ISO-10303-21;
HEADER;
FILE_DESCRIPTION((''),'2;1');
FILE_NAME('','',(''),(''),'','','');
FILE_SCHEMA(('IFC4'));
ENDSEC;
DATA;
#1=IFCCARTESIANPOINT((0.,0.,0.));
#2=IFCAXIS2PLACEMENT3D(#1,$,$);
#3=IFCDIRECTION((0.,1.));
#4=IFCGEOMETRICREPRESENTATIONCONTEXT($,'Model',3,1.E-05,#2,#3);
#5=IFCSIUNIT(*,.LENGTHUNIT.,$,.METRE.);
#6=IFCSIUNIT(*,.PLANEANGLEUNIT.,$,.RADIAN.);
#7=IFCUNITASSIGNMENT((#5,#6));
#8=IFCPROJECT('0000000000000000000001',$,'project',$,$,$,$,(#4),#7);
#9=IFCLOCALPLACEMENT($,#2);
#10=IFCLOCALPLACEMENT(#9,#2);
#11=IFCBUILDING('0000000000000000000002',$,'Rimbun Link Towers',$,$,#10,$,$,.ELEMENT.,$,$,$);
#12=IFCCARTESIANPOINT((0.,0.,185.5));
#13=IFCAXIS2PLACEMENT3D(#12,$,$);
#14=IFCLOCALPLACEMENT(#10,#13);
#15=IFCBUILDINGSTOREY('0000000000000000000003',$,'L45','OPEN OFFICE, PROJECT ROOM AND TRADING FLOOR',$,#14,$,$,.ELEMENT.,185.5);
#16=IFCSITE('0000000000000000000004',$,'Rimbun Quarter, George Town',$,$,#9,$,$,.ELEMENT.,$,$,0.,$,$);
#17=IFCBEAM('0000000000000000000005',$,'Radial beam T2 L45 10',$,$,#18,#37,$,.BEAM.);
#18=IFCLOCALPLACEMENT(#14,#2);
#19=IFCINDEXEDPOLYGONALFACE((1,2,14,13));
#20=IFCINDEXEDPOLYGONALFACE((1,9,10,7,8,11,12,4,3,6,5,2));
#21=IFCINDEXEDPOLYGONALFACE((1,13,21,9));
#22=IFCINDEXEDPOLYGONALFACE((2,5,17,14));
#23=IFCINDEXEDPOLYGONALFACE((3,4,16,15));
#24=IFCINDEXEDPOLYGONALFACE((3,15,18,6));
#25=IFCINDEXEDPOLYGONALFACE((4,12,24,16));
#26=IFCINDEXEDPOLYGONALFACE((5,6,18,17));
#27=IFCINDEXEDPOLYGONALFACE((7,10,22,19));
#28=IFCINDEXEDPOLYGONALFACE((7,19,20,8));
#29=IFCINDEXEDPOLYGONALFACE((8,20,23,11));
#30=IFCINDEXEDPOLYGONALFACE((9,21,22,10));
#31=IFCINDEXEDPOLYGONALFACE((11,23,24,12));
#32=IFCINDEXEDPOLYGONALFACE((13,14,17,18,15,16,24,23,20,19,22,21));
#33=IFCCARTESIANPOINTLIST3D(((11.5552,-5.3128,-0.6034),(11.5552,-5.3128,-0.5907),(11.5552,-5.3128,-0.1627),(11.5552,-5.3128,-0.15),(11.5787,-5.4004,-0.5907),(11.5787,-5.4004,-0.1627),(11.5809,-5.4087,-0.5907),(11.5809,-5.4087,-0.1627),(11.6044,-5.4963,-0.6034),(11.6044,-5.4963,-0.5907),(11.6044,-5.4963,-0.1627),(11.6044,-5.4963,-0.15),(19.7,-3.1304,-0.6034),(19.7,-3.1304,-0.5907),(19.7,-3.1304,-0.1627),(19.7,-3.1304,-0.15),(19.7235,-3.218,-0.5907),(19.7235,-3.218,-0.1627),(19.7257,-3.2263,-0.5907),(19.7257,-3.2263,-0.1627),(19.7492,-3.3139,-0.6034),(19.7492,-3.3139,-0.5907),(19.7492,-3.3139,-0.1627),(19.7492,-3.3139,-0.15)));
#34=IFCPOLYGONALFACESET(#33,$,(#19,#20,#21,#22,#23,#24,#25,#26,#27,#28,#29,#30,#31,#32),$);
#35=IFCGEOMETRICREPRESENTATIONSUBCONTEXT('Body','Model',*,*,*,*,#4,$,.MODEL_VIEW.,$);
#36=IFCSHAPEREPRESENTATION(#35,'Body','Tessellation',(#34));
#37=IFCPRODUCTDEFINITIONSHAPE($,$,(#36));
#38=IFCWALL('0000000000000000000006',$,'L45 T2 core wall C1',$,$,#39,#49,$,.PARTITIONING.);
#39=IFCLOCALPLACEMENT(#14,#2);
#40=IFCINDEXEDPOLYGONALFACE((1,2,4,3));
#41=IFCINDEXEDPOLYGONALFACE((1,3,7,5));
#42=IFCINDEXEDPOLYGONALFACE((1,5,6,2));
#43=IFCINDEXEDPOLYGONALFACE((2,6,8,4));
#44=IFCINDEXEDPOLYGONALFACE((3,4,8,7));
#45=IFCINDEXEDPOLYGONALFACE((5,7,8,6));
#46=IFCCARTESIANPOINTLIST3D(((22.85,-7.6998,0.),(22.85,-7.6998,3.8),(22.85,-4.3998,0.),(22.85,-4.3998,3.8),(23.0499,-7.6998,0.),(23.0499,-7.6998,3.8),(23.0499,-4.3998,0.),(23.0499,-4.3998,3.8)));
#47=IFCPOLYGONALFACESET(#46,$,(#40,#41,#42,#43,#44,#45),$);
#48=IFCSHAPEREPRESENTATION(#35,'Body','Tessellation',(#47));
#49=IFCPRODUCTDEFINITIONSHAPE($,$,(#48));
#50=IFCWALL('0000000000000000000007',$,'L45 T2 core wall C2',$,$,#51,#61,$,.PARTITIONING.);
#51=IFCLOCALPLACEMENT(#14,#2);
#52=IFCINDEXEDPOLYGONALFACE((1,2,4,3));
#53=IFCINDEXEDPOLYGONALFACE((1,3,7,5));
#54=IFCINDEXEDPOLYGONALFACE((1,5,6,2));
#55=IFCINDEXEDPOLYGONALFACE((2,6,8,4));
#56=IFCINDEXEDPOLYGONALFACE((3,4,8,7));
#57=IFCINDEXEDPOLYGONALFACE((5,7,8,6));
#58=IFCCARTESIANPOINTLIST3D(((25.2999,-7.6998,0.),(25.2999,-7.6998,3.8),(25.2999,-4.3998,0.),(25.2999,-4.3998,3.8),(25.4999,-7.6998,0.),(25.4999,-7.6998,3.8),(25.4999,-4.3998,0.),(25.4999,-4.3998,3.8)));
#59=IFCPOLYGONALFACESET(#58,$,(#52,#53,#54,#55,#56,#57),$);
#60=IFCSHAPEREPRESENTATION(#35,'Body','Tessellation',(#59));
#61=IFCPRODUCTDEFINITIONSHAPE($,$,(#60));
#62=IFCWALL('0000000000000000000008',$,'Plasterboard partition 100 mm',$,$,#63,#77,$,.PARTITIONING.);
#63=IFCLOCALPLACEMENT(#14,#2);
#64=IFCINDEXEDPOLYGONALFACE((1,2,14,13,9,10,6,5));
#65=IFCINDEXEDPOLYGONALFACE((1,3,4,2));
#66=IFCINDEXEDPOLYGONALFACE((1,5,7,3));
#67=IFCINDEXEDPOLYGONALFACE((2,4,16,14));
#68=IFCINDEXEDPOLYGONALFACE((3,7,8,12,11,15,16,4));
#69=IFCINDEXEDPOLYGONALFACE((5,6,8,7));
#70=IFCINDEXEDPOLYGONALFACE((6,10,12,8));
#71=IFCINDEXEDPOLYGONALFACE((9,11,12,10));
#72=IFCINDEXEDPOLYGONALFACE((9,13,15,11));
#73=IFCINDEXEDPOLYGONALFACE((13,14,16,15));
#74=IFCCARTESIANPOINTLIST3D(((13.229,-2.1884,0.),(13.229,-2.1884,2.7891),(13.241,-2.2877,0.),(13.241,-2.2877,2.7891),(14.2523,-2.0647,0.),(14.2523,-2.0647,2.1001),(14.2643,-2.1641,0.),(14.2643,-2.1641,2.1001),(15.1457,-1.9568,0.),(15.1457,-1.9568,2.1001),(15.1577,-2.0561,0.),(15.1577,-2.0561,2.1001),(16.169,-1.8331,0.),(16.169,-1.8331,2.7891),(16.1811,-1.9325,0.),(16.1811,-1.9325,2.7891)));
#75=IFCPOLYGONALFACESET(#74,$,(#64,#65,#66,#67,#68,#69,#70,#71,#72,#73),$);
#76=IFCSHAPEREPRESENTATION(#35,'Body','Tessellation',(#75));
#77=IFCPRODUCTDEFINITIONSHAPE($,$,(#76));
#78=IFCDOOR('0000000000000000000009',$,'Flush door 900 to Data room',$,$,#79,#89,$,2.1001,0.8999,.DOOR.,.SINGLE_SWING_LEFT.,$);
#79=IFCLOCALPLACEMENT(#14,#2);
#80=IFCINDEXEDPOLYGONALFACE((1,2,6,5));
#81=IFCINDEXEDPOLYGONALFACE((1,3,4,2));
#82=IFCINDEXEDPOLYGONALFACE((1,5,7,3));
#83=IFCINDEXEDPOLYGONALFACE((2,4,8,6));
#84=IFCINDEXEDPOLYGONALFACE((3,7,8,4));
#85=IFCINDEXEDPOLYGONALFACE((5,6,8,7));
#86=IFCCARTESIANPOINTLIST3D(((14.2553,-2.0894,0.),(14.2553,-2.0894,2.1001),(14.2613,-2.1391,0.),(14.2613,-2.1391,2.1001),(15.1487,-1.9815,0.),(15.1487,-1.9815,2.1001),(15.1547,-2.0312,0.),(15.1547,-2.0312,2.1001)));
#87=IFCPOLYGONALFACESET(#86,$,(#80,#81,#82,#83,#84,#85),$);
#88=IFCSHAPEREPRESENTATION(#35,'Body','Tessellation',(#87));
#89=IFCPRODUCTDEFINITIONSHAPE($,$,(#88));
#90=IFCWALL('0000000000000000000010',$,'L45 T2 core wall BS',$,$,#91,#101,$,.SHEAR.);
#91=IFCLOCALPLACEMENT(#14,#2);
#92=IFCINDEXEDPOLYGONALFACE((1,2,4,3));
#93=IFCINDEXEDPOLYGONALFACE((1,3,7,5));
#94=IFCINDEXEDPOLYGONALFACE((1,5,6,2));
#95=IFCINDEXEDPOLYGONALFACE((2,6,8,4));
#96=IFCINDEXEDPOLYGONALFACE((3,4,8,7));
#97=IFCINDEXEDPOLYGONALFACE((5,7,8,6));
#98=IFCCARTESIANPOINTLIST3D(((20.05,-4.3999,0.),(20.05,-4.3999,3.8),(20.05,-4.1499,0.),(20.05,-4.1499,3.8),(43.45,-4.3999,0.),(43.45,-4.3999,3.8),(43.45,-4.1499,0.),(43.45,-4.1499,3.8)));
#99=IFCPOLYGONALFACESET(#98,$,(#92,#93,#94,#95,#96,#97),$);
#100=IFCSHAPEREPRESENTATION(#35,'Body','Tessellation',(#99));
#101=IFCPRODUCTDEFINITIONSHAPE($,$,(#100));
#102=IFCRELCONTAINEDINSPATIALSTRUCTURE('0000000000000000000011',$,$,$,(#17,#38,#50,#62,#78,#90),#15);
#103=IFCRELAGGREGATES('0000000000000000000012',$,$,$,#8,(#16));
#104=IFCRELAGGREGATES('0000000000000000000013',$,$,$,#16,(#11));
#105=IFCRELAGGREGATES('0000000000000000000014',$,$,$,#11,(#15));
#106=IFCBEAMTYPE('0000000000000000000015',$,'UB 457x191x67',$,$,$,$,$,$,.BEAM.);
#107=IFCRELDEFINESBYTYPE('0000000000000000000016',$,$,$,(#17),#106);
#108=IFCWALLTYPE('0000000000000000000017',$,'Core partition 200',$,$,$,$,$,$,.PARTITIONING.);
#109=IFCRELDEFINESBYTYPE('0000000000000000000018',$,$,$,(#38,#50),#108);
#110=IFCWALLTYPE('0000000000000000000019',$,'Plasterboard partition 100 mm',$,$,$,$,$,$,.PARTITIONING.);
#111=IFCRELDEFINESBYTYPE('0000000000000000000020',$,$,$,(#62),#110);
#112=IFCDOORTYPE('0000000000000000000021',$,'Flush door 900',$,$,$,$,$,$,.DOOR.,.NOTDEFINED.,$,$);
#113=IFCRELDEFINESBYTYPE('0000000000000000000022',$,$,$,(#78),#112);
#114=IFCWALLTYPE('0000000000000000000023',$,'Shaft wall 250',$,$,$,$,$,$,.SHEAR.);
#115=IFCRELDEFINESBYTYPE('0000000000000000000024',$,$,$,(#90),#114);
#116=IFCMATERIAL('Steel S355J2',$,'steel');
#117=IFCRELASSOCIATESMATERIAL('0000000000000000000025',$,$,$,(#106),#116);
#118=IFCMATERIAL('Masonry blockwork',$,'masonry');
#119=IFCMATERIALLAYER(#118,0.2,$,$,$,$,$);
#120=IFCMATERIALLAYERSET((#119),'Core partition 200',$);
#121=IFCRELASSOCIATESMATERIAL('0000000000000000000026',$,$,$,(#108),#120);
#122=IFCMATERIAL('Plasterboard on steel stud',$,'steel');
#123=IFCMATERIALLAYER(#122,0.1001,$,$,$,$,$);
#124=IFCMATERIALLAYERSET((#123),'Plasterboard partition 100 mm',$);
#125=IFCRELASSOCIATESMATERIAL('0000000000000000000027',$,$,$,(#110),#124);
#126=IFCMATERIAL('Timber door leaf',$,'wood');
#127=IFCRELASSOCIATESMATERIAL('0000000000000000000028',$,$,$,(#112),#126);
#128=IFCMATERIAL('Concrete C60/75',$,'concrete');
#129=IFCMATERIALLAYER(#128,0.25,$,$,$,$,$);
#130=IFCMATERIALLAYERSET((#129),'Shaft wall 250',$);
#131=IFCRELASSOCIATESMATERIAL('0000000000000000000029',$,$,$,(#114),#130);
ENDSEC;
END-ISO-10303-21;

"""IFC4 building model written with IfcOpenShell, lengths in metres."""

from ifc_helpers import new_model, si_unit, direction, frame, frame_2d, origin, origin_2d, place, context, subcontext, project, spatial, rectangle, i_section, extrude, material, layer, layer_set, material_profile, profile_set, type_object, element, fill, save


model = new_model("IFC4")

# Units and contexts
model_context = context("Model", 3, precision=1e-05, world=origin(), true_north=direction((0.0, 1.0)))
body_context = subcontext(model_context, "Body", "Model", "MODEL_VIEW")
ifc_project = project(units=[si_unit("LENGTHUNIT", "METRE"), si_unit("PLANEANGLEUNIT", "RADIAN")], contexts=[model_context])

# Site, building, storey
site_placement = place(None, origin())
site = spatial("IfcSite", under=ifc_project, at=site_placement, Name="Rimbun Quarter, George Town", CompositionType="ELEMENT", RefElevation=0.0)
building_placement = place(site_placement, origin())
building = spatial("IfcBuilding", under=site, at=building_placement, Name="Rimbun Link Towers", CompositionType="ELEMENT")
storey_placement = place(building_placement, frame((0.0, 0.0, 185.5)))
storey = spatial("IfcBuildingStorey", under=building, at=storey_placement, Name="L45", Description="OPEN OFFICE, PROJECT ROOM AND TRADING FLOOR", CompositionType="ELEMENT", Elevation=185.5)

# Beam
ifc_material_1 = material(Name="Steel S355J2", Category="steel")
ifc_material_profile = material_profile(ifc_material_1, i_section(OverallWidth=0.1899, OverallDepth=0.4534, WebThickness=0.0085, FlangeThickness=0.0127, at=origin_2d()), Name="UB 457x191x67")
ifc_profile_set = profile_set([ifc_material_profile], Name="Steel S355J2")
beam_type = type_object("IfcBeamType", Name="UB 457x191x67", PredefinedType="BEAM", material=ifc_profile_set)
beam_placement = place(storey_placement, frame((19.7246, -3.2222, -0.3767), z_axis=(-0.965926, -0.258818, 0.0), x_axis=(0.258818, -0.965926, 0.0)))
element("IfcBeam", 1, at=beam_placement, inside=storey, type_object=beam_type, Name="Radial beam T2 L45 10", PredefinedType="BEAM", context=body_context, shape_type="SweptSolid", body=[
    extrude(i_section(OverallWidth=0.1899, OverallDepth=0.4534, WebThickness=0.0085, FlangeThickness=0.0127, at=origin_2d()), origin(), (0.0, 0.0, 1.0), 8.4321),
])

# Walls
ifc_material_2 = material(Name="Masonry blockwork", Category="masonry")
ifc_layer_1 = layer(ifc_material_2, 0.2)
ifc_layer_set_1 = layer_set([ifc_layer_1], Name="Core partition 200")
wall_type_1 = type_object("IfcWallType", Name="Core partition 200", PredefinedType="PARTITIONING", material=ifc_layer_set_1)
for number, where, z_axis, x_axis, name in (
    (2, (22.95, -4.3999, 0.0), (0.0, 0.0, 1.0), (0.0, -1.0, 0.0), "L45 T2 core wall C1"),
    (3, (25.3999, -4.3999, 0.0), (0.0, 0.0, 1.0), (0.0, -1.0, 0.0), "L45 T2 core wall C2"),
):
    element("IfcWall", number, at=place(storey_placement, frame(where, z_axis=z_axis, x_axis=x_axis)), inside=storey, type_object=wall_type_1, Name=name, PredefinedType="PARTITIONING", context=body_context, shape_type="SweptSolid", body=[
        extrude(rectangle(XDim=3.3, YDim=0.2, at=frame_2d((1.6499, 0.0))), origin(), (0.0, 0.0, 1.0), 3.8),
    ])

# Wall, opening, door
ifc_material_3 = material(Name="Plasterboard on steel stud", Category="steel")
ifc_layer_2 = layer(ifc_material_3, 0.1001)
ifc_layer_set_2 = layer_set([ifc_layer_2], Name="Plasterboard partition 100 mm")
wall_type_2 = type_object("IfcWallType", Name="Plasterboard partition 100 mm", PredefinedType="PARTITIONING", material=ifc_layer_set_2)
wall_1_placement = place(storey_placement, frame((16.175, -1.8828, 0.0), z_axis=(0.0, 0.0, 1.0), x_axis=(-0.992779, -0.119955, 0.0)))
wall_1 = element("IfcWall", 4, at=wall_1_placement, inside=storey, type_object=wall_type_2, Name="Plasterboard partition 100 mm", PredefinedType="PARTITIONING", context=body_context, shape_type="SweptSolid", body=[
    extrude(rectangle(XDim=2.9614, YDim=0.1001, at=frame_2d((1.4807, 0.0))), origin(), (0.0, 0.0, 1.0), 2.7891),
])
opening_1_placement = place(wall_1_placement, frame((1.0308, 0.0, 0.0)))
opening_1 = element("IfcOpeningElement", 5, at=opening_1_placement, cuts=wall_1, PredefinedType="OPENING", context=body_context, shape_type="SweptSolid", body=[
    extrude(rectangle(XDim=0.8999, YDim=2.1001, at=frame_2d((0.45, 1.05))), frame((0.0, 0.0601, 0.0), z_axis=(0.0, -1.0, 0.0), x_axis=(1.0, 0.0, 0.0)), (0.0, 0.0, 1.0), 0.1201),
])
ifc_material_4 = material(Name="Timber door leaf", Category="wood")
door_type_1 = type_object("IfcDoorType", Name="Flush door 900", OperationType="NOTDEFINED", PredefinedType="DOOR", material=ifc_material_4)
door_1_placement = place(opening_1_placement, origin())
door_1 = element("IfcDoor", 6, at=door_1_placement, inside=storey, type_object=door_type_1, Name="Flush door 900 to Data room", OperationType="SINGLE_SWING_LEFT", OverallHeight=2.1001, OverallWidth=0.8999, PredefinedType="DOOR", context=body_context, shape_type="SweptSolid", body=[
    extrude(rectangle(XDim=0.8999, YDim=2.1001, at=frame_2d((0.45, 1.05))), frame((0.0, 0.0249, 0.0), z_axis=(0.0, -1.0, 0.0), x_axis=(1.0, 0.0, 0.0)), (0.0, 0.0, 1.0), 0.05),
])
fill(opening_1, door_1)

# Wall
ifc_material_5 = material(Name="Concrete C60/75", Category="concrete")
ifc_layer_3 = layer(ifc_material_5, 0.25)
ifc_layer_set_3 = layer_set([ifc_layer_3], Name="Shaft wall 250")
wall_type_3 = type_object("IfcWallType", Name="Shaft wall 250", PredefinedType="SHEAR", material=ifc_layer_set_3)
wall_2_placement = place(storey_placement, frame((20.05, -4.2749, 0.0), z_axis=(0.0, 0.0, 1.0), x_axis=(1.0, 0.0, 0.0)))
element("IfcWall", 7, at=wall_2_placement, inside=storey, type_object=wall_type_3, Name="L45 T2 core wall BS", PredefinedType="SHEAR", context=body_context, shape_type="SweptSolid", body=[
    extrude(rectangle(XDim=23.3999, YDim=0.25, at=frame_2d((11.7, 0.0))), origin(), (0.0, 0.0, 1.0), 3.8),
])

save(model, "model.ifc")
